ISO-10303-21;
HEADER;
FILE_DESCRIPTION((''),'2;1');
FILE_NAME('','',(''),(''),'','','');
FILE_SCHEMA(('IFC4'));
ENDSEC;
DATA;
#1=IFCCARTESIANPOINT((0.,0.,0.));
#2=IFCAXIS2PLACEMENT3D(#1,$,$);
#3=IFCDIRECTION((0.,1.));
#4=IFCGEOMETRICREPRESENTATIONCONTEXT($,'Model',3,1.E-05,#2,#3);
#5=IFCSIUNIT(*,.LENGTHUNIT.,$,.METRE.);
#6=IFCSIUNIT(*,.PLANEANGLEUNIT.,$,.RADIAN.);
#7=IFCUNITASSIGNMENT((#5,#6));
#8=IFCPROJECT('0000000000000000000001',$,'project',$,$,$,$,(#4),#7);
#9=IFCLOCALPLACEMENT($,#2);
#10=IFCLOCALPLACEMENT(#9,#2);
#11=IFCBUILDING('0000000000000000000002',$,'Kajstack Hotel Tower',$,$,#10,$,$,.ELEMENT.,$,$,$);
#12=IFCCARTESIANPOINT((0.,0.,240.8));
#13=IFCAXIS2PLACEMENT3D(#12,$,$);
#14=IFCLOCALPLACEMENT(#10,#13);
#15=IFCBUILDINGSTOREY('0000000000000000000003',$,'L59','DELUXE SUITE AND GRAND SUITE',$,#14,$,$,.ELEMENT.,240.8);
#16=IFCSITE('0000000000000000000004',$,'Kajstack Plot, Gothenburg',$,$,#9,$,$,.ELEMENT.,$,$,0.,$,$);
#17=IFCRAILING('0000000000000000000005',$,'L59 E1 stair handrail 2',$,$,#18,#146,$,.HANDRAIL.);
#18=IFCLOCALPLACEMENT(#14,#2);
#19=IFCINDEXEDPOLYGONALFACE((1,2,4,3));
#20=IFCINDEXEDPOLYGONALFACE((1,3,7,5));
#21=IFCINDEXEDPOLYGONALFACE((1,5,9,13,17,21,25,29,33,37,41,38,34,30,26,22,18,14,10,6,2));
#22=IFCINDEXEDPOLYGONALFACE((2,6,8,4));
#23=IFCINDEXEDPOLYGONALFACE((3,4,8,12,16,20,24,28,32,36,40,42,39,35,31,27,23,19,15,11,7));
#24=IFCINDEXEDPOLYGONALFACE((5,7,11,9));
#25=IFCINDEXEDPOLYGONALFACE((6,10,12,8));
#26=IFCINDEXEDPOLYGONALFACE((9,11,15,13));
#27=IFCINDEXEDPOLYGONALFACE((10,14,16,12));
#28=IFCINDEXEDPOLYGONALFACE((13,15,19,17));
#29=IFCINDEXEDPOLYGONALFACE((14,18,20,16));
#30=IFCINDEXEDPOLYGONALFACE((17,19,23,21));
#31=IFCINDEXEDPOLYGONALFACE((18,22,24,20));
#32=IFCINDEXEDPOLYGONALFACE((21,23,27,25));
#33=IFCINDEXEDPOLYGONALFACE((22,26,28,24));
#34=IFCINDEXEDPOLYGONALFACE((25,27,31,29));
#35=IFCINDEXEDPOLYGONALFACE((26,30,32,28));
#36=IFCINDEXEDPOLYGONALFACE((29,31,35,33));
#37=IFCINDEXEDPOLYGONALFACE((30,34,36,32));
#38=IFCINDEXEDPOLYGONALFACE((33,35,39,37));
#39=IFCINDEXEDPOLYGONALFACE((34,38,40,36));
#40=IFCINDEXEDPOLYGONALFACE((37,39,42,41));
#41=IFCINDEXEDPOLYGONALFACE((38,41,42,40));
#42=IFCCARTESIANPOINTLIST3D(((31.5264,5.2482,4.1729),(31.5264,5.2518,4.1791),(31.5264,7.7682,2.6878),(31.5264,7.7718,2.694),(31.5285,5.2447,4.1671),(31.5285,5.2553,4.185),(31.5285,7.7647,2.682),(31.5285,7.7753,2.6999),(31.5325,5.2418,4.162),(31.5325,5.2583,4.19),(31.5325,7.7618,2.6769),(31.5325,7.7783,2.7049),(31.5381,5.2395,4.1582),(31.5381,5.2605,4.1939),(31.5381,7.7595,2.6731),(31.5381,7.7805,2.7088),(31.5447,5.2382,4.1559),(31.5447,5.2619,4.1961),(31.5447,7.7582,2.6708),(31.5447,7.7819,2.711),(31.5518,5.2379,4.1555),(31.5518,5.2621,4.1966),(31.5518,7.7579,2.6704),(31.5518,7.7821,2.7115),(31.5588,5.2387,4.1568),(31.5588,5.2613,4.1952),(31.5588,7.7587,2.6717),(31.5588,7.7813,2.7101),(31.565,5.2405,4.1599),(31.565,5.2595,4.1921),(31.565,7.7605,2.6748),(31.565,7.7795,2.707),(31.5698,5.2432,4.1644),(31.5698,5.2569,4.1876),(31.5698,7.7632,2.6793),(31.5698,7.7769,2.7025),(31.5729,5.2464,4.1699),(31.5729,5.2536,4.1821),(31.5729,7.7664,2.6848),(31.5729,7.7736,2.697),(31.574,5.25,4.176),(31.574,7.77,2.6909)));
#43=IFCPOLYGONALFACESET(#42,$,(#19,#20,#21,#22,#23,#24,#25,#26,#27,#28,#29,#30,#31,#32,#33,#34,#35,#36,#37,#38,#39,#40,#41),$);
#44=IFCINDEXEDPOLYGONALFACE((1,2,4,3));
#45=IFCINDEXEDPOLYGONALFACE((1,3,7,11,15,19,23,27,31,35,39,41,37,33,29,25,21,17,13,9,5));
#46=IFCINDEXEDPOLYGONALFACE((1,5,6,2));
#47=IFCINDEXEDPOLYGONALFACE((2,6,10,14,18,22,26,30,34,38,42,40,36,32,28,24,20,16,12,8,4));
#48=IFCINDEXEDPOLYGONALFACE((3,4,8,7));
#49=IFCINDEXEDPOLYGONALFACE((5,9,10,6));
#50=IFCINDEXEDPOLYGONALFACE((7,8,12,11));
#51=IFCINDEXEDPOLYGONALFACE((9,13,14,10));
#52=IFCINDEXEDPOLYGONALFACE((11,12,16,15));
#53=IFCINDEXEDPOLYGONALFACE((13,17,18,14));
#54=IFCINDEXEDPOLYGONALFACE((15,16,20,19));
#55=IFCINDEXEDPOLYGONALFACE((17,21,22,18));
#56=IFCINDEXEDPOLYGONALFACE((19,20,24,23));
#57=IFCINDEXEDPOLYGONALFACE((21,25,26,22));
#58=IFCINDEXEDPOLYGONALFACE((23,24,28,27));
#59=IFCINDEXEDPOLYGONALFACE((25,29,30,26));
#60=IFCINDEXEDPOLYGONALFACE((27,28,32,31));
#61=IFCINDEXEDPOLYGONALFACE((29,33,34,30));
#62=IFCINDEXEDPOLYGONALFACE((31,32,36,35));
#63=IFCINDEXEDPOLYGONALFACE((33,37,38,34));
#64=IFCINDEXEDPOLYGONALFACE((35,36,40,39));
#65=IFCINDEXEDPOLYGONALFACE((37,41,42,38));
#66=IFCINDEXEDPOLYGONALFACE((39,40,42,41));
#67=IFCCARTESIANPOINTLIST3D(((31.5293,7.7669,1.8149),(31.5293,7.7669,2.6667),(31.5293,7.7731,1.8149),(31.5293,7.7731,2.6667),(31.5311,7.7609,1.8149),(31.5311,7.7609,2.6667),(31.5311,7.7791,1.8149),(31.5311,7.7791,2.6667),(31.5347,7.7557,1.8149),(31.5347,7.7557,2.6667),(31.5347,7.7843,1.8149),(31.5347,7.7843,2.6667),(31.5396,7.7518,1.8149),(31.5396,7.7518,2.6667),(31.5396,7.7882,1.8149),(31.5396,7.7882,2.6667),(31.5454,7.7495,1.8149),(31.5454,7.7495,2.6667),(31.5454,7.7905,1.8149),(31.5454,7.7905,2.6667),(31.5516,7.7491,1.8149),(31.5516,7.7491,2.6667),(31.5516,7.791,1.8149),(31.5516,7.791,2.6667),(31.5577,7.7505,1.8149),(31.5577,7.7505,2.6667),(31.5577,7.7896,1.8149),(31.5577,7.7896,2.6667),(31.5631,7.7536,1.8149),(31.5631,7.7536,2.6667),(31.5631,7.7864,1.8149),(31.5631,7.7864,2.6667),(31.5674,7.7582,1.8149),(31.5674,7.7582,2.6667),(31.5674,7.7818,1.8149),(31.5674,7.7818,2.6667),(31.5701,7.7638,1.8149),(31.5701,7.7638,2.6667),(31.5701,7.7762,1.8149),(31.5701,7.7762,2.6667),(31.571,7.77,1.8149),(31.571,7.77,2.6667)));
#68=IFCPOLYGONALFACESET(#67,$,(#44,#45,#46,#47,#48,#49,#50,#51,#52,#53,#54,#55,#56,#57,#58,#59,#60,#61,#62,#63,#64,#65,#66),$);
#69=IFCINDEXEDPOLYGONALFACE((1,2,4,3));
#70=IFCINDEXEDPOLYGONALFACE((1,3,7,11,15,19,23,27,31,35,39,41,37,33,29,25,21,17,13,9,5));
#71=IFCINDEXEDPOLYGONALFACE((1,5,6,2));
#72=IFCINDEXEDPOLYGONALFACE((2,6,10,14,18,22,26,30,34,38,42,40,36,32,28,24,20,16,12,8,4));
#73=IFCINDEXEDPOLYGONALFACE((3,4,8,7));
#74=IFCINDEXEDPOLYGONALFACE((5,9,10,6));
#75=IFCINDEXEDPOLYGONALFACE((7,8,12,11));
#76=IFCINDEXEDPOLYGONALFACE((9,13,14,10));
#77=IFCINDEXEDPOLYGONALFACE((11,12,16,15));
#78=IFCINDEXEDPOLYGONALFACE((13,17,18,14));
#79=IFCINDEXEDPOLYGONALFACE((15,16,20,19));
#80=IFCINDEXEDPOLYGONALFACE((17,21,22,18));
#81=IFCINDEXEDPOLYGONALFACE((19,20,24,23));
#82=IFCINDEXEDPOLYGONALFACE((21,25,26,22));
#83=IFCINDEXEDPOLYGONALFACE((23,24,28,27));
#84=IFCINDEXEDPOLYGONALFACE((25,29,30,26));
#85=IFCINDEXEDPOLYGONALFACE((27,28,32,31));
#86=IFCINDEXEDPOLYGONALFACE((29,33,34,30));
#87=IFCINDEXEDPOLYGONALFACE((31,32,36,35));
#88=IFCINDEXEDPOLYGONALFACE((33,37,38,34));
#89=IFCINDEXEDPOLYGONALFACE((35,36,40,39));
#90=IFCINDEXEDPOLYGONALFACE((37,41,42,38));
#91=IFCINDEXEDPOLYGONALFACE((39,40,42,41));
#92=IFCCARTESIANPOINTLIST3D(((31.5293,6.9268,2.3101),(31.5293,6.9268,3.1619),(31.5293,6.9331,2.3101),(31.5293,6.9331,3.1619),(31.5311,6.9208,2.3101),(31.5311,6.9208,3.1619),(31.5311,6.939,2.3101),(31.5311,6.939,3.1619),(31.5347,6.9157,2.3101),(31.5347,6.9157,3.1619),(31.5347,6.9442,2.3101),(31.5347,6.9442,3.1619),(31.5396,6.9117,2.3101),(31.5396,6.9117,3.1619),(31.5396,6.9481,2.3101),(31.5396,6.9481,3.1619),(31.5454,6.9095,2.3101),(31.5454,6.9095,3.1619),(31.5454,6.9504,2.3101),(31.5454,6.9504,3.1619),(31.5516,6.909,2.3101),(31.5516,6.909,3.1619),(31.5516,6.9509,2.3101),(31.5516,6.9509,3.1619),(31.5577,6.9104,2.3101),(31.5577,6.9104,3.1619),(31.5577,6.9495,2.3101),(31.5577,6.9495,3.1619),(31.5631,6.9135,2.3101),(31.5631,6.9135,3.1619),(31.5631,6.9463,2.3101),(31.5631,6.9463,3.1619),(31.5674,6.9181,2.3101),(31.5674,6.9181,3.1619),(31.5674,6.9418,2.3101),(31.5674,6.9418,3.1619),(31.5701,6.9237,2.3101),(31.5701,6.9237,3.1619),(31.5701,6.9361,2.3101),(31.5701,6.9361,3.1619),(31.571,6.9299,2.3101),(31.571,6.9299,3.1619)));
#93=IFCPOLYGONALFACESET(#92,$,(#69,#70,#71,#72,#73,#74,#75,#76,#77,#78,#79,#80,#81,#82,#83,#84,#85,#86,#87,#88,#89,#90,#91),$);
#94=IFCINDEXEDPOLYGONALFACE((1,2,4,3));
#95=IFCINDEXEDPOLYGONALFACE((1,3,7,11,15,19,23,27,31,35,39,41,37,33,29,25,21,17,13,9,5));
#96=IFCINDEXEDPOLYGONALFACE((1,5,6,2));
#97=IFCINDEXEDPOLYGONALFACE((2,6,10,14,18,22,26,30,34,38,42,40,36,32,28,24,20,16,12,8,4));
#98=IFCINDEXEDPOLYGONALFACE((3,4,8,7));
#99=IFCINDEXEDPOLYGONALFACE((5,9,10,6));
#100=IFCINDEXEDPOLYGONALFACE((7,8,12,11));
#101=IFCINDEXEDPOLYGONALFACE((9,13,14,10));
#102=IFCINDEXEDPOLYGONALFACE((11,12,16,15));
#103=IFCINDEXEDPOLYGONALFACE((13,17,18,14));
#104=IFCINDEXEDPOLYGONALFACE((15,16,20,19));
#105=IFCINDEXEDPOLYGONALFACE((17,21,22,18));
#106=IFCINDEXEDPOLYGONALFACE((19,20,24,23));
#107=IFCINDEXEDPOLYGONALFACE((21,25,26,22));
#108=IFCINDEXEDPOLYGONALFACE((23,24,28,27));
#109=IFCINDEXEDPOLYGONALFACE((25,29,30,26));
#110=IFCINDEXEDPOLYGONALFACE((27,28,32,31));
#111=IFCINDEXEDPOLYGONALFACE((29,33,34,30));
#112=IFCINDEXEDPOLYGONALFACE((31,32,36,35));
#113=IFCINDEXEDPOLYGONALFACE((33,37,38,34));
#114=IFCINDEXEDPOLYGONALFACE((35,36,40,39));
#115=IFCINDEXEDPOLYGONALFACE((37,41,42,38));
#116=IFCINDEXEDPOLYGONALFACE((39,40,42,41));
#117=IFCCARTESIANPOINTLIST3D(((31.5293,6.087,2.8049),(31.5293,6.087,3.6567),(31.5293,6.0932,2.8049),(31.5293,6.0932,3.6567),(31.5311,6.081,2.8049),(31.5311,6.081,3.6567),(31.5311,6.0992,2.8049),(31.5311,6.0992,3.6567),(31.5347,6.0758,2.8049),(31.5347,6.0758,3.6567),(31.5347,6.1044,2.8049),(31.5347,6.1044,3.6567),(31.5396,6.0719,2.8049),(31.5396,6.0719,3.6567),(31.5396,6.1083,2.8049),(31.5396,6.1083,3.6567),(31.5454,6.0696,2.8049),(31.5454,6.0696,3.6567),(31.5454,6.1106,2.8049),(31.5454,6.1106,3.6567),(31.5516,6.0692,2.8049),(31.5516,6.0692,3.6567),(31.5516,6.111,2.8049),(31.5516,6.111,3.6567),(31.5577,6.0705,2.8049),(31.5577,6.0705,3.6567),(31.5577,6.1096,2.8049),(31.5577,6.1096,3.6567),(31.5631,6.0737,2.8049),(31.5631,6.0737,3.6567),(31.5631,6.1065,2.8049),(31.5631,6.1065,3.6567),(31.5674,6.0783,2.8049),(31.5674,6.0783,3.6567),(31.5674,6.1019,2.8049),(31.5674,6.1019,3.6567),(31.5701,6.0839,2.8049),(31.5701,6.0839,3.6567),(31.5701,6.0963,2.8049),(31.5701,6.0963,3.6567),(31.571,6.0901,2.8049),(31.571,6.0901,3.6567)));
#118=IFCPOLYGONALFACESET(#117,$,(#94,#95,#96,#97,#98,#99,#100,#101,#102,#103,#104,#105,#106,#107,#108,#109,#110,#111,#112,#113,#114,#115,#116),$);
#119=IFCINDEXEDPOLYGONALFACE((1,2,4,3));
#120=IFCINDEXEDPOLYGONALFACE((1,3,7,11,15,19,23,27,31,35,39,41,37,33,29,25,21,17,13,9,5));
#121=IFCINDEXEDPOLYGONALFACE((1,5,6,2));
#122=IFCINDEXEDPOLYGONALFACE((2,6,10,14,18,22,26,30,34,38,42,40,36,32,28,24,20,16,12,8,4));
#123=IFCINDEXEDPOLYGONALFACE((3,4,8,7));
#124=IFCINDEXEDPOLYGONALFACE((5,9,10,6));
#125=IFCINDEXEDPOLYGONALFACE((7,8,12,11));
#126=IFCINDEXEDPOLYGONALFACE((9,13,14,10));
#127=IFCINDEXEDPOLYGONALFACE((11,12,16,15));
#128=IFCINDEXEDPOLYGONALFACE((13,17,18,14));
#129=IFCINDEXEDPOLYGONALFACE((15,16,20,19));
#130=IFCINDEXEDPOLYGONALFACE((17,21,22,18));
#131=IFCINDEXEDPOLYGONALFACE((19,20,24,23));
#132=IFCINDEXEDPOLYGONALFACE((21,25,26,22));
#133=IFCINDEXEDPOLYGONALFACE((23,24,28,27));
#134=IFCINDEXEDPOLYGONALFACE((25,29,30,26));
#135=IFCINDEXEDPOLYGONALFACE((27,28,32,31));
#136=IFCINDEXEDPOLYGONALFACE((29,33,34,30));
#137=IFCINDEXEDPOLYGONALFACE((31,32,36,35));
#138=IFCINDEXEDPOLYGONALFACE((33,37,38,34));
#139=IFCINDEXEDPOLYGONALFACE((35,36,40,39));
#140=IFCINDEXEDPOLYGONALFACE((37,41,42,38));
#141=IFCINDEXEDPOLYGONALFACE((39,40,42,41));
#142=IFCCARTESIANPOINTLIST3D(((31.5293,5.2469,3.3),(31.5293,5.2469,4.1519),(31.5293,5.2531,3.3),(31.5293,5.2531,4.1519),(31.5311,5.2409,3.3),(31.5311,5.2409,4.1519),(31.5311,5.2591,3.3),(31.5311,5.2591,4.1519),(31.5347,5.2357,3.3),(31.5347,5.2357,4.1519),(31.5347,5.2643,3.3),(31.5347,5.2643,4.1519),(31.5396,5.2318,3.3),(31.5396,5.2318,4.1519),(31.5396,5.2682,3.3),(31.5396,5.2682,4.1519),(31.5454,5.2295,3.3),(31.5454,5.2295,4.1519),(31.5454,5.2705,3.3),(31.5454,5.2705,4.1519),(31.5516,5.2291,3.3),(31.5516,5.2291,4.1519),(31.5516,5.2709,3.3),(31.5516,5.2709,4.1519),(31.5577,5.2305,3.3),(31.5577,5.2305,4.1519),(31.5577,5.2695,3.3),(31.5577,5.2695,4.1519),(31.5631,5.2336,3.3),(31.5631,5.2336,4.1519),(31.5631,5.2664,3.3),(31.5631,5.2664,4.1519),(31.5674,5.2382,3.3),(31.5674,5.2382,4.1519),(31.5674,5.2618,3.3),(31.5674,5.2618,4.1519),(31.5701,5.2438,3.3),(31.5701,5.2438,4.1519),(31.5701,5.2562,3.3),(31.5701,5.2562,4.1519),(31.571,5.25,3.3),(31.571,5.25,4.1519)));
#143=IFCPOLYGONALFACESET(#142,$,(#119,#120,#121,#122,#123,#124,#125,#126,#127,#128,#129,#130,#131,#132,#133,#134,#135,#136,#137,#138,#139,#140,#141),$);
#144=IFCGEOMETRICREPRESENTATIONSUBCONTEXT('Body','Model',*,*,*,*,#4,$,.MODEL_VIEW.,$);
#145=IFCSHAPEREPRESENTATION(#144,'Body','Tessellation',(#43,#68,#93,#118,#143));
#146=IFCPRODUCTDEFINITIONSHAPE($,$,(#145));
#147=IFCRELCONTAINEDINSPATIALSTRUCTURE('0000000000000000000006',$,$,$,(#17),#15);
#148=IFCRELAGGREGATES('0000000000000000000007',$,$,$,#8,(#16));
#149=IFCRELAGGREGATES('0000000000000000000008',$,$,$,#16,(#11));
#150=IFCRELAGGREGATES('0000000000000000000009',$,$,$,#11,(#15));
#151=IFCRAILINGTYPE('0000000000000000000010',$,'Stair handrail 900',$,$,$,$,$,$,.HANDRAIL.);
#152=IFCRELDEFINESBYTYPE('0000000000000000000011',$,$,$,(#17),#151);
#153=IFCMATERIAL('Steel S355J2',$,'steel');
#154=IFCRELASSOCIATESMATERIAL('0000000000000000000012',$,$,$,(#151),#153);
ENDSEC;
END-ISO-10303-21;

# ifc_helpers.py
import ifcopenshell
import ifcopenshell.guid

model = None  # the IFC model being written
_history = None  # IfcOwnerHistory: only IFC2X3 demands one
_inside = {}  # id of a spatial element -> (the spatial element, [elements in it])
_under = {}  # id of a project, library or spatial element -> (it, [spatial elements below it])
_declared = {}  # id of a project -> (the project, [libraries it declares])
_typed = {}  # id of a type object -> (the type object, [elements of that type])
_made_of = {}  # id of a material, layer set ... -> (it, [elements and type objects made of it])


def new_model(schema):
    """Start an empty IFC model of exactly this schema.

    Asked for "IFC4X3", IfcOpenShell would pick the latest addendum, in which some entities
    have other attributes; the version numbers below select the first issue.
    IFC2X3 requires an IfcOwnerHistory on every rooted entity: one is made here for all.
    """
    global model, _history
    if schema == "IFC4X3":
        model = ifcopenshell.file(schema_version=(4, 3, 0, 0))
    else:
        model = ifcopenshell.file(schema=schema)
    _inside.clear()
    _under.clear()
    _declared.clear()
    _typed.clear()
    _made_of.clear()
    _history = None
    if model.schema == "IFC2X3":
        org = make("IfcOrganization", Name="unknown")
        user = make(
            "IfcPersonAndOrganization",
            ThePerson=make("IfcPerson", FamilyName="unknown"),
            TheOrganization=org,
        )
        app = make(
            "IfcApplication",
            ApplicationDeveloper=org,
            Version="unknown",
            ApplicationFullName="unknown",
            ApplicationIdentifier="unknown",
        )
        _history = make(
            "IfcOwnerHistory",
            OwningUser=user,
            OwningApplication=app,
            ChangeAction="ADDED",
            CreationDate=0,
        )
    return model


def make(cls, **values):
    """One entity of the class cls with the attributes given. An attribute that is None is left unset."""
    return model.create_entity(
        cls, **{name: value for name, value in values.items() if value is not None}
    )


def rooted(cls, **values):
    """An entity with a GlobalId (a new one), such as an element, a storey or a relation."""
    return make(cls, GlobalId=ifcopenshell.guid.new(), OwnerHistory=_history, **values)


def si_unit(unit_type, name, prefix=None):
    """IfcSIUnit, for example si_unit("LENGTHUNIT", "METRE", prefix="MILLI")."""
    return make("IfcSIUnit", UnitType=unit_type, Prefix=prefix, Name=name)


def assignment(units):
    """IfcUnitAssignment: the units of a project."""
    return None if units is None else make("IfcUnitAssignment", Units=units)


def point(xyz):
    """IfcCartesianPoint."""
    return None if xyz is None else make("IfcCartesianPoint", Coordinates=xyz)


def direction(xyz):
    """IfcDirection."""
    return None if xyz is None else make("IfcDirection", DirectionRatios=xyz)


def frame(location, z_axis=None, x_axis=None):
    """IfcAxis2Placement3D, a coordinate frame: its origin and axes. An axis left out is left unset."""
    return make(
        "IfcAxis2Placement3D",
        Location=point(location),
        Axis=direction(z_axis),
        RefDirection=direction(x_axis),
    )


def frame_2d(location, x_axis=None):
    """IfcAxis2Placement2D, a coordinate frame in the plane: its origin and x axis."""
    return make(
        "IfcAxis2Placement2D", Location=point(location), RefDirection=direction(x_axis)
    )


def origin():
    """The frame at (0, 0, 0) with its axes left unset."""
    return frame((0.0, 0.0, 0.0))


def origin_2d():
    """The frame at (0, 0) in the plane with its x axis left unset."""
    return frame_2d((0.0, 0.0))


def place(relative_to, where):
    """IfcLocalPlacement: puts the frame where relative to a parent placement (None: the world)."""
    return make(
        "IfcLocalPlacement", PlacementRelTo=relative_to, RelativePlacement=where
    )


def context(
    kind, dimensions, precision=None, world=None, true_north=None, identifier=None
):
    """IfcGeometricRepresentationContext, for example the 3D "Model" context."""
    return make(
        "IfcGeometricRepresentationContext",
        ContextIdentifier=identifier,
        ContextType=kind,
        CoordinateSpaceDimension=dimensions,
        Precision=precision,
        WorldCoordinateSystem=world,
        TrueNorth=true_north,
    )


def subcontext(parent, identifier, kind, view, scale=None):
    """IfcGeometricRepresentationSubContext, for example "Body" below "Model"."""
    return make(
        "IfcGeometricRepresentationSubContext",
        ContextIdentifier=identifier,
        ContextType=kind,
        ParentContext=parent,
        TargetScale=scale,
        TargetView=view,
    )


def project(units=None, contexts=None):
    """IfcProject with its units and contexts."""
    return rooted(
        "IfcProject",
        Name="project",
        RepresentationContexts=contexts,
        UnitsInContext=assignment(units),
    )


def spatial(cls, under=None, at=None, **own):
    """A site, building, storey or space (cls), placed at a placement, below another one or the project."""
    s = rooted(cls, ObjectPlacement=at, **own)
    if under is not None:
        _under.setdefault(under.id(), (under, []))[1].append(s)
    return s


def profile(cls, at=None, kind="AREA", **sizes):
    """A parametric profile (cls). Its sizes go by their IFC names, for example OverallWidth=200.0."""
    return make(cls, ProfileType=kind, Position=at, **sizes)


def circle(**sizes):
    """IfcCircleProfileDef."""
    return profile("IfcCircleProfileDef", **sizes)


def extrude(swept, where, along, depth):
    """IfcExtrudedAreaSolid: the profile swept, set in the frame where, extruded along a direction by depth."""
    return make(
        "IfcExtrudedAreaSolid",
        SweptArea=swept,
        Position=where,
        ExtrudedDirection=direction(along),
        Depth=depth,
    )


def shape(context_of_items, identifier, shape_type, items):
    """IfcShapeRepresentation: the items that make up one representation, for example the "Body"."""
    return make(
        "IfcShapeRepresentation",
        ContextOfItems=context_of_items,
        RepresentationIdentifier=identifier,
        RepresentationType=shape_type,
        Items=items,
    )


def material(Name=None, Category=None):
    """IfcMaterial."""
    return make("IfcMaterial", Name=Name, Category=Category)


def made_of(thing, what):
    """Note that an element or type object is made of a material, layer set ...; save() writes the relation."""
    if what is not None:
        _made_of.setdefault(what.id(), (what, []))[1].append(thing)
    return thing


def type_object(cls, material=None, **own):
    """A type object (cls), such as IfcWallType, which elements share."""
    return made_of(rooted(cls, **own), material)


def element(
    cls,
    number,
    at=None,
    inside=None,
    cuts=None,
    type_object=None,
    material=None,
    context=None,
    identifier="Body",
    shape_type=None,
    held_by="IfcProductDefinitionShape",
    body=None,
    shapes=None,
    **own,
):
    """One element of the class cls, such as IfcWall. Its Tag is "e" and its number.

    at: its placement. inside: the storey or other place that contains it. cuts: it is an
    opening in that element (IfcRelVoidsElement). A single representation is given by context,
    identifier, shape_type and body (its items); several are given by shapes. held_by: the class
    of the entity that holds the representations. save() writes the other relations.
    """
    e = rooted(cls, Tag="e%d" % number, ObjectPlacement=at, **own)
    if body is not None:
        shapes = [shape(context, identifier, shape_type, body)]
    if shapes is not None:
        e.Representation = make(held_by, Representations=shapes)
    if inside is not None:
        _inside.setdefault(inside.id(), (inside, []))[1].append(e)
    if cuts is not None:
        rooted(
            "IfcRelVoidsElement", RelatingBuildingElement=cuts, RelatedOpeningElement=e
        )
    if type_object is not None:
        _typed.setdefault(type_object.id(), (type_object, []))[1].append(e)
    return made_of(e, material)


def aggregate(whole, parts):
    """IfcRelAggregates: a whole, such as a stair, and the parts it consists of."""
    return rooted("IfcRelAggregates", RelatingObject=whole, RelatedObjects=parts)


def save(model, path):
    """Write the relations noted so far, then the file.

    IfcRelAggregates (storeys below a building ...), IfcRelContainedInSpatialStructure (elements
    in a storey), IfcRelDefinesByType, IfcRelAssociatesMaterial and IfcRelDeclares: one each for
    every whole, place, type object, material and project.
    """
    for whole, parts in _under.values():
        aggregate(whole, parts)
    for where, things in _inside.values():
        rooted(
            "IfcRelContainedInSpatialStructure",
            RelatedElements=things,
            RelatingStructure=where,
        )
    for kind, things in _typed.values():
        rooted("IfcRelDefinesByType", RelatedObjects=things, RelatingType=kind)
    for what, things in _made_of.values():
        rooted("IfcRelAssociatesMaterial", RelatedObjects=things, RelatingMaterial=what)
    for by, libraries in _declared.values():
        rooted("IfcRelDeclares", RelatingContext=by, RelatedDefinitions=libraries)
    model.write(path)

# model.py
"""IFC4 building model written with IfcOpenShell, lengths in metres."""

from ifc_helpers import new_model, si_unit, direction, frame, origin, origin_2d, place, context, subcontext, project, spatial, circle, extrude, material, type_object, element, save


model = new_model("IFC4")

# Units and contexts
model_context = context("Model", 3, precision=1e-05, world=origin(), true_north=direction((0.0, 1.0)))
body_context = subcontext(model_context, "Body", "Model", "MODEL_VIEW")
ifc_project = project(units=[si_unit("LENGTHUNIT", "METRE"), si_unit("PLANEANGLEUNIT", "RADIAN")], contexts=[model_context])

# Site, building, storey
site_placement = place(None, origin())
site = spatial("IfcSite", under=ifc_project, at=site_placement, Name="Kajstack Plot, Gothenburg", CompositionType="ELEMENT", RefElevation=0.0)
building_placement = place(site_placement, origin())
building = spatial("IfcBuilding", under=site, at=building_placement, Name="Kajstack Hotel Tower", CompositionType="ELEMENT")
storey_placement = place(building_placement, frame((0.0, 0.0, 240.8)))
storey = spatial("IfcBuildingStorey", under=building, at=storey_placement, Name="L59", Description="DELUXE SUITE AND GRAND SUITE", CompositionType="ELEMENT", Elevation=240.8)

# Railing
ifc_material_1 = material(Name="Steel S355J2", Category="steel")
railing_type_1 = type_object("IfcRailingType", Name="Stair handrail 900", PredefinedType="HANDRAIL", material=ifc_material_1)
railing_1_placement = place(storey_placement, frame((31.55, 7.77, 1.8149)))
element("IfcRailing", 1, at=railing_1_placement, inside=storey, type_object=railing_type_1, Name="L59 E1 stair handrail 2", PredefinedType="HANDRAIL", context=body_context, shape_type="SweptSolid", body=[
    extrude(circle(Radius=0.0239, at=origin_2d()), frame((0.0, 0.0, 0.876), z_axis=(0.0, -0.861524, 0.507717), x_axis=(1.0, 0.0, 0.0)), (0.0, 0.0, 1.0), 2.925),
    extrude(circle(Radius=0.021, at=origin_2d()), origin(), (0.0, 0.0, 1.0), 0.8518),
    extrude(circle(Radius=0.021, at=origin_2d()), frame((0.0, -0.8401, 0.4951)), (0.0, 0.0, 1.0), 0.8518),
    extrude(circle(Radius=0.021, at=origin_2d()), frame((0.0, -1.6799, 0.99)), (0.0, 0.0, 1.0), 0.8518),
    extrude(circle(Radius=0.021, at=origin_2d()), frame((0.0, -2.52, 1.4851)), (0.0, 0.0, 1.0), 0.8518),
])

save(model, "model.ifc")
